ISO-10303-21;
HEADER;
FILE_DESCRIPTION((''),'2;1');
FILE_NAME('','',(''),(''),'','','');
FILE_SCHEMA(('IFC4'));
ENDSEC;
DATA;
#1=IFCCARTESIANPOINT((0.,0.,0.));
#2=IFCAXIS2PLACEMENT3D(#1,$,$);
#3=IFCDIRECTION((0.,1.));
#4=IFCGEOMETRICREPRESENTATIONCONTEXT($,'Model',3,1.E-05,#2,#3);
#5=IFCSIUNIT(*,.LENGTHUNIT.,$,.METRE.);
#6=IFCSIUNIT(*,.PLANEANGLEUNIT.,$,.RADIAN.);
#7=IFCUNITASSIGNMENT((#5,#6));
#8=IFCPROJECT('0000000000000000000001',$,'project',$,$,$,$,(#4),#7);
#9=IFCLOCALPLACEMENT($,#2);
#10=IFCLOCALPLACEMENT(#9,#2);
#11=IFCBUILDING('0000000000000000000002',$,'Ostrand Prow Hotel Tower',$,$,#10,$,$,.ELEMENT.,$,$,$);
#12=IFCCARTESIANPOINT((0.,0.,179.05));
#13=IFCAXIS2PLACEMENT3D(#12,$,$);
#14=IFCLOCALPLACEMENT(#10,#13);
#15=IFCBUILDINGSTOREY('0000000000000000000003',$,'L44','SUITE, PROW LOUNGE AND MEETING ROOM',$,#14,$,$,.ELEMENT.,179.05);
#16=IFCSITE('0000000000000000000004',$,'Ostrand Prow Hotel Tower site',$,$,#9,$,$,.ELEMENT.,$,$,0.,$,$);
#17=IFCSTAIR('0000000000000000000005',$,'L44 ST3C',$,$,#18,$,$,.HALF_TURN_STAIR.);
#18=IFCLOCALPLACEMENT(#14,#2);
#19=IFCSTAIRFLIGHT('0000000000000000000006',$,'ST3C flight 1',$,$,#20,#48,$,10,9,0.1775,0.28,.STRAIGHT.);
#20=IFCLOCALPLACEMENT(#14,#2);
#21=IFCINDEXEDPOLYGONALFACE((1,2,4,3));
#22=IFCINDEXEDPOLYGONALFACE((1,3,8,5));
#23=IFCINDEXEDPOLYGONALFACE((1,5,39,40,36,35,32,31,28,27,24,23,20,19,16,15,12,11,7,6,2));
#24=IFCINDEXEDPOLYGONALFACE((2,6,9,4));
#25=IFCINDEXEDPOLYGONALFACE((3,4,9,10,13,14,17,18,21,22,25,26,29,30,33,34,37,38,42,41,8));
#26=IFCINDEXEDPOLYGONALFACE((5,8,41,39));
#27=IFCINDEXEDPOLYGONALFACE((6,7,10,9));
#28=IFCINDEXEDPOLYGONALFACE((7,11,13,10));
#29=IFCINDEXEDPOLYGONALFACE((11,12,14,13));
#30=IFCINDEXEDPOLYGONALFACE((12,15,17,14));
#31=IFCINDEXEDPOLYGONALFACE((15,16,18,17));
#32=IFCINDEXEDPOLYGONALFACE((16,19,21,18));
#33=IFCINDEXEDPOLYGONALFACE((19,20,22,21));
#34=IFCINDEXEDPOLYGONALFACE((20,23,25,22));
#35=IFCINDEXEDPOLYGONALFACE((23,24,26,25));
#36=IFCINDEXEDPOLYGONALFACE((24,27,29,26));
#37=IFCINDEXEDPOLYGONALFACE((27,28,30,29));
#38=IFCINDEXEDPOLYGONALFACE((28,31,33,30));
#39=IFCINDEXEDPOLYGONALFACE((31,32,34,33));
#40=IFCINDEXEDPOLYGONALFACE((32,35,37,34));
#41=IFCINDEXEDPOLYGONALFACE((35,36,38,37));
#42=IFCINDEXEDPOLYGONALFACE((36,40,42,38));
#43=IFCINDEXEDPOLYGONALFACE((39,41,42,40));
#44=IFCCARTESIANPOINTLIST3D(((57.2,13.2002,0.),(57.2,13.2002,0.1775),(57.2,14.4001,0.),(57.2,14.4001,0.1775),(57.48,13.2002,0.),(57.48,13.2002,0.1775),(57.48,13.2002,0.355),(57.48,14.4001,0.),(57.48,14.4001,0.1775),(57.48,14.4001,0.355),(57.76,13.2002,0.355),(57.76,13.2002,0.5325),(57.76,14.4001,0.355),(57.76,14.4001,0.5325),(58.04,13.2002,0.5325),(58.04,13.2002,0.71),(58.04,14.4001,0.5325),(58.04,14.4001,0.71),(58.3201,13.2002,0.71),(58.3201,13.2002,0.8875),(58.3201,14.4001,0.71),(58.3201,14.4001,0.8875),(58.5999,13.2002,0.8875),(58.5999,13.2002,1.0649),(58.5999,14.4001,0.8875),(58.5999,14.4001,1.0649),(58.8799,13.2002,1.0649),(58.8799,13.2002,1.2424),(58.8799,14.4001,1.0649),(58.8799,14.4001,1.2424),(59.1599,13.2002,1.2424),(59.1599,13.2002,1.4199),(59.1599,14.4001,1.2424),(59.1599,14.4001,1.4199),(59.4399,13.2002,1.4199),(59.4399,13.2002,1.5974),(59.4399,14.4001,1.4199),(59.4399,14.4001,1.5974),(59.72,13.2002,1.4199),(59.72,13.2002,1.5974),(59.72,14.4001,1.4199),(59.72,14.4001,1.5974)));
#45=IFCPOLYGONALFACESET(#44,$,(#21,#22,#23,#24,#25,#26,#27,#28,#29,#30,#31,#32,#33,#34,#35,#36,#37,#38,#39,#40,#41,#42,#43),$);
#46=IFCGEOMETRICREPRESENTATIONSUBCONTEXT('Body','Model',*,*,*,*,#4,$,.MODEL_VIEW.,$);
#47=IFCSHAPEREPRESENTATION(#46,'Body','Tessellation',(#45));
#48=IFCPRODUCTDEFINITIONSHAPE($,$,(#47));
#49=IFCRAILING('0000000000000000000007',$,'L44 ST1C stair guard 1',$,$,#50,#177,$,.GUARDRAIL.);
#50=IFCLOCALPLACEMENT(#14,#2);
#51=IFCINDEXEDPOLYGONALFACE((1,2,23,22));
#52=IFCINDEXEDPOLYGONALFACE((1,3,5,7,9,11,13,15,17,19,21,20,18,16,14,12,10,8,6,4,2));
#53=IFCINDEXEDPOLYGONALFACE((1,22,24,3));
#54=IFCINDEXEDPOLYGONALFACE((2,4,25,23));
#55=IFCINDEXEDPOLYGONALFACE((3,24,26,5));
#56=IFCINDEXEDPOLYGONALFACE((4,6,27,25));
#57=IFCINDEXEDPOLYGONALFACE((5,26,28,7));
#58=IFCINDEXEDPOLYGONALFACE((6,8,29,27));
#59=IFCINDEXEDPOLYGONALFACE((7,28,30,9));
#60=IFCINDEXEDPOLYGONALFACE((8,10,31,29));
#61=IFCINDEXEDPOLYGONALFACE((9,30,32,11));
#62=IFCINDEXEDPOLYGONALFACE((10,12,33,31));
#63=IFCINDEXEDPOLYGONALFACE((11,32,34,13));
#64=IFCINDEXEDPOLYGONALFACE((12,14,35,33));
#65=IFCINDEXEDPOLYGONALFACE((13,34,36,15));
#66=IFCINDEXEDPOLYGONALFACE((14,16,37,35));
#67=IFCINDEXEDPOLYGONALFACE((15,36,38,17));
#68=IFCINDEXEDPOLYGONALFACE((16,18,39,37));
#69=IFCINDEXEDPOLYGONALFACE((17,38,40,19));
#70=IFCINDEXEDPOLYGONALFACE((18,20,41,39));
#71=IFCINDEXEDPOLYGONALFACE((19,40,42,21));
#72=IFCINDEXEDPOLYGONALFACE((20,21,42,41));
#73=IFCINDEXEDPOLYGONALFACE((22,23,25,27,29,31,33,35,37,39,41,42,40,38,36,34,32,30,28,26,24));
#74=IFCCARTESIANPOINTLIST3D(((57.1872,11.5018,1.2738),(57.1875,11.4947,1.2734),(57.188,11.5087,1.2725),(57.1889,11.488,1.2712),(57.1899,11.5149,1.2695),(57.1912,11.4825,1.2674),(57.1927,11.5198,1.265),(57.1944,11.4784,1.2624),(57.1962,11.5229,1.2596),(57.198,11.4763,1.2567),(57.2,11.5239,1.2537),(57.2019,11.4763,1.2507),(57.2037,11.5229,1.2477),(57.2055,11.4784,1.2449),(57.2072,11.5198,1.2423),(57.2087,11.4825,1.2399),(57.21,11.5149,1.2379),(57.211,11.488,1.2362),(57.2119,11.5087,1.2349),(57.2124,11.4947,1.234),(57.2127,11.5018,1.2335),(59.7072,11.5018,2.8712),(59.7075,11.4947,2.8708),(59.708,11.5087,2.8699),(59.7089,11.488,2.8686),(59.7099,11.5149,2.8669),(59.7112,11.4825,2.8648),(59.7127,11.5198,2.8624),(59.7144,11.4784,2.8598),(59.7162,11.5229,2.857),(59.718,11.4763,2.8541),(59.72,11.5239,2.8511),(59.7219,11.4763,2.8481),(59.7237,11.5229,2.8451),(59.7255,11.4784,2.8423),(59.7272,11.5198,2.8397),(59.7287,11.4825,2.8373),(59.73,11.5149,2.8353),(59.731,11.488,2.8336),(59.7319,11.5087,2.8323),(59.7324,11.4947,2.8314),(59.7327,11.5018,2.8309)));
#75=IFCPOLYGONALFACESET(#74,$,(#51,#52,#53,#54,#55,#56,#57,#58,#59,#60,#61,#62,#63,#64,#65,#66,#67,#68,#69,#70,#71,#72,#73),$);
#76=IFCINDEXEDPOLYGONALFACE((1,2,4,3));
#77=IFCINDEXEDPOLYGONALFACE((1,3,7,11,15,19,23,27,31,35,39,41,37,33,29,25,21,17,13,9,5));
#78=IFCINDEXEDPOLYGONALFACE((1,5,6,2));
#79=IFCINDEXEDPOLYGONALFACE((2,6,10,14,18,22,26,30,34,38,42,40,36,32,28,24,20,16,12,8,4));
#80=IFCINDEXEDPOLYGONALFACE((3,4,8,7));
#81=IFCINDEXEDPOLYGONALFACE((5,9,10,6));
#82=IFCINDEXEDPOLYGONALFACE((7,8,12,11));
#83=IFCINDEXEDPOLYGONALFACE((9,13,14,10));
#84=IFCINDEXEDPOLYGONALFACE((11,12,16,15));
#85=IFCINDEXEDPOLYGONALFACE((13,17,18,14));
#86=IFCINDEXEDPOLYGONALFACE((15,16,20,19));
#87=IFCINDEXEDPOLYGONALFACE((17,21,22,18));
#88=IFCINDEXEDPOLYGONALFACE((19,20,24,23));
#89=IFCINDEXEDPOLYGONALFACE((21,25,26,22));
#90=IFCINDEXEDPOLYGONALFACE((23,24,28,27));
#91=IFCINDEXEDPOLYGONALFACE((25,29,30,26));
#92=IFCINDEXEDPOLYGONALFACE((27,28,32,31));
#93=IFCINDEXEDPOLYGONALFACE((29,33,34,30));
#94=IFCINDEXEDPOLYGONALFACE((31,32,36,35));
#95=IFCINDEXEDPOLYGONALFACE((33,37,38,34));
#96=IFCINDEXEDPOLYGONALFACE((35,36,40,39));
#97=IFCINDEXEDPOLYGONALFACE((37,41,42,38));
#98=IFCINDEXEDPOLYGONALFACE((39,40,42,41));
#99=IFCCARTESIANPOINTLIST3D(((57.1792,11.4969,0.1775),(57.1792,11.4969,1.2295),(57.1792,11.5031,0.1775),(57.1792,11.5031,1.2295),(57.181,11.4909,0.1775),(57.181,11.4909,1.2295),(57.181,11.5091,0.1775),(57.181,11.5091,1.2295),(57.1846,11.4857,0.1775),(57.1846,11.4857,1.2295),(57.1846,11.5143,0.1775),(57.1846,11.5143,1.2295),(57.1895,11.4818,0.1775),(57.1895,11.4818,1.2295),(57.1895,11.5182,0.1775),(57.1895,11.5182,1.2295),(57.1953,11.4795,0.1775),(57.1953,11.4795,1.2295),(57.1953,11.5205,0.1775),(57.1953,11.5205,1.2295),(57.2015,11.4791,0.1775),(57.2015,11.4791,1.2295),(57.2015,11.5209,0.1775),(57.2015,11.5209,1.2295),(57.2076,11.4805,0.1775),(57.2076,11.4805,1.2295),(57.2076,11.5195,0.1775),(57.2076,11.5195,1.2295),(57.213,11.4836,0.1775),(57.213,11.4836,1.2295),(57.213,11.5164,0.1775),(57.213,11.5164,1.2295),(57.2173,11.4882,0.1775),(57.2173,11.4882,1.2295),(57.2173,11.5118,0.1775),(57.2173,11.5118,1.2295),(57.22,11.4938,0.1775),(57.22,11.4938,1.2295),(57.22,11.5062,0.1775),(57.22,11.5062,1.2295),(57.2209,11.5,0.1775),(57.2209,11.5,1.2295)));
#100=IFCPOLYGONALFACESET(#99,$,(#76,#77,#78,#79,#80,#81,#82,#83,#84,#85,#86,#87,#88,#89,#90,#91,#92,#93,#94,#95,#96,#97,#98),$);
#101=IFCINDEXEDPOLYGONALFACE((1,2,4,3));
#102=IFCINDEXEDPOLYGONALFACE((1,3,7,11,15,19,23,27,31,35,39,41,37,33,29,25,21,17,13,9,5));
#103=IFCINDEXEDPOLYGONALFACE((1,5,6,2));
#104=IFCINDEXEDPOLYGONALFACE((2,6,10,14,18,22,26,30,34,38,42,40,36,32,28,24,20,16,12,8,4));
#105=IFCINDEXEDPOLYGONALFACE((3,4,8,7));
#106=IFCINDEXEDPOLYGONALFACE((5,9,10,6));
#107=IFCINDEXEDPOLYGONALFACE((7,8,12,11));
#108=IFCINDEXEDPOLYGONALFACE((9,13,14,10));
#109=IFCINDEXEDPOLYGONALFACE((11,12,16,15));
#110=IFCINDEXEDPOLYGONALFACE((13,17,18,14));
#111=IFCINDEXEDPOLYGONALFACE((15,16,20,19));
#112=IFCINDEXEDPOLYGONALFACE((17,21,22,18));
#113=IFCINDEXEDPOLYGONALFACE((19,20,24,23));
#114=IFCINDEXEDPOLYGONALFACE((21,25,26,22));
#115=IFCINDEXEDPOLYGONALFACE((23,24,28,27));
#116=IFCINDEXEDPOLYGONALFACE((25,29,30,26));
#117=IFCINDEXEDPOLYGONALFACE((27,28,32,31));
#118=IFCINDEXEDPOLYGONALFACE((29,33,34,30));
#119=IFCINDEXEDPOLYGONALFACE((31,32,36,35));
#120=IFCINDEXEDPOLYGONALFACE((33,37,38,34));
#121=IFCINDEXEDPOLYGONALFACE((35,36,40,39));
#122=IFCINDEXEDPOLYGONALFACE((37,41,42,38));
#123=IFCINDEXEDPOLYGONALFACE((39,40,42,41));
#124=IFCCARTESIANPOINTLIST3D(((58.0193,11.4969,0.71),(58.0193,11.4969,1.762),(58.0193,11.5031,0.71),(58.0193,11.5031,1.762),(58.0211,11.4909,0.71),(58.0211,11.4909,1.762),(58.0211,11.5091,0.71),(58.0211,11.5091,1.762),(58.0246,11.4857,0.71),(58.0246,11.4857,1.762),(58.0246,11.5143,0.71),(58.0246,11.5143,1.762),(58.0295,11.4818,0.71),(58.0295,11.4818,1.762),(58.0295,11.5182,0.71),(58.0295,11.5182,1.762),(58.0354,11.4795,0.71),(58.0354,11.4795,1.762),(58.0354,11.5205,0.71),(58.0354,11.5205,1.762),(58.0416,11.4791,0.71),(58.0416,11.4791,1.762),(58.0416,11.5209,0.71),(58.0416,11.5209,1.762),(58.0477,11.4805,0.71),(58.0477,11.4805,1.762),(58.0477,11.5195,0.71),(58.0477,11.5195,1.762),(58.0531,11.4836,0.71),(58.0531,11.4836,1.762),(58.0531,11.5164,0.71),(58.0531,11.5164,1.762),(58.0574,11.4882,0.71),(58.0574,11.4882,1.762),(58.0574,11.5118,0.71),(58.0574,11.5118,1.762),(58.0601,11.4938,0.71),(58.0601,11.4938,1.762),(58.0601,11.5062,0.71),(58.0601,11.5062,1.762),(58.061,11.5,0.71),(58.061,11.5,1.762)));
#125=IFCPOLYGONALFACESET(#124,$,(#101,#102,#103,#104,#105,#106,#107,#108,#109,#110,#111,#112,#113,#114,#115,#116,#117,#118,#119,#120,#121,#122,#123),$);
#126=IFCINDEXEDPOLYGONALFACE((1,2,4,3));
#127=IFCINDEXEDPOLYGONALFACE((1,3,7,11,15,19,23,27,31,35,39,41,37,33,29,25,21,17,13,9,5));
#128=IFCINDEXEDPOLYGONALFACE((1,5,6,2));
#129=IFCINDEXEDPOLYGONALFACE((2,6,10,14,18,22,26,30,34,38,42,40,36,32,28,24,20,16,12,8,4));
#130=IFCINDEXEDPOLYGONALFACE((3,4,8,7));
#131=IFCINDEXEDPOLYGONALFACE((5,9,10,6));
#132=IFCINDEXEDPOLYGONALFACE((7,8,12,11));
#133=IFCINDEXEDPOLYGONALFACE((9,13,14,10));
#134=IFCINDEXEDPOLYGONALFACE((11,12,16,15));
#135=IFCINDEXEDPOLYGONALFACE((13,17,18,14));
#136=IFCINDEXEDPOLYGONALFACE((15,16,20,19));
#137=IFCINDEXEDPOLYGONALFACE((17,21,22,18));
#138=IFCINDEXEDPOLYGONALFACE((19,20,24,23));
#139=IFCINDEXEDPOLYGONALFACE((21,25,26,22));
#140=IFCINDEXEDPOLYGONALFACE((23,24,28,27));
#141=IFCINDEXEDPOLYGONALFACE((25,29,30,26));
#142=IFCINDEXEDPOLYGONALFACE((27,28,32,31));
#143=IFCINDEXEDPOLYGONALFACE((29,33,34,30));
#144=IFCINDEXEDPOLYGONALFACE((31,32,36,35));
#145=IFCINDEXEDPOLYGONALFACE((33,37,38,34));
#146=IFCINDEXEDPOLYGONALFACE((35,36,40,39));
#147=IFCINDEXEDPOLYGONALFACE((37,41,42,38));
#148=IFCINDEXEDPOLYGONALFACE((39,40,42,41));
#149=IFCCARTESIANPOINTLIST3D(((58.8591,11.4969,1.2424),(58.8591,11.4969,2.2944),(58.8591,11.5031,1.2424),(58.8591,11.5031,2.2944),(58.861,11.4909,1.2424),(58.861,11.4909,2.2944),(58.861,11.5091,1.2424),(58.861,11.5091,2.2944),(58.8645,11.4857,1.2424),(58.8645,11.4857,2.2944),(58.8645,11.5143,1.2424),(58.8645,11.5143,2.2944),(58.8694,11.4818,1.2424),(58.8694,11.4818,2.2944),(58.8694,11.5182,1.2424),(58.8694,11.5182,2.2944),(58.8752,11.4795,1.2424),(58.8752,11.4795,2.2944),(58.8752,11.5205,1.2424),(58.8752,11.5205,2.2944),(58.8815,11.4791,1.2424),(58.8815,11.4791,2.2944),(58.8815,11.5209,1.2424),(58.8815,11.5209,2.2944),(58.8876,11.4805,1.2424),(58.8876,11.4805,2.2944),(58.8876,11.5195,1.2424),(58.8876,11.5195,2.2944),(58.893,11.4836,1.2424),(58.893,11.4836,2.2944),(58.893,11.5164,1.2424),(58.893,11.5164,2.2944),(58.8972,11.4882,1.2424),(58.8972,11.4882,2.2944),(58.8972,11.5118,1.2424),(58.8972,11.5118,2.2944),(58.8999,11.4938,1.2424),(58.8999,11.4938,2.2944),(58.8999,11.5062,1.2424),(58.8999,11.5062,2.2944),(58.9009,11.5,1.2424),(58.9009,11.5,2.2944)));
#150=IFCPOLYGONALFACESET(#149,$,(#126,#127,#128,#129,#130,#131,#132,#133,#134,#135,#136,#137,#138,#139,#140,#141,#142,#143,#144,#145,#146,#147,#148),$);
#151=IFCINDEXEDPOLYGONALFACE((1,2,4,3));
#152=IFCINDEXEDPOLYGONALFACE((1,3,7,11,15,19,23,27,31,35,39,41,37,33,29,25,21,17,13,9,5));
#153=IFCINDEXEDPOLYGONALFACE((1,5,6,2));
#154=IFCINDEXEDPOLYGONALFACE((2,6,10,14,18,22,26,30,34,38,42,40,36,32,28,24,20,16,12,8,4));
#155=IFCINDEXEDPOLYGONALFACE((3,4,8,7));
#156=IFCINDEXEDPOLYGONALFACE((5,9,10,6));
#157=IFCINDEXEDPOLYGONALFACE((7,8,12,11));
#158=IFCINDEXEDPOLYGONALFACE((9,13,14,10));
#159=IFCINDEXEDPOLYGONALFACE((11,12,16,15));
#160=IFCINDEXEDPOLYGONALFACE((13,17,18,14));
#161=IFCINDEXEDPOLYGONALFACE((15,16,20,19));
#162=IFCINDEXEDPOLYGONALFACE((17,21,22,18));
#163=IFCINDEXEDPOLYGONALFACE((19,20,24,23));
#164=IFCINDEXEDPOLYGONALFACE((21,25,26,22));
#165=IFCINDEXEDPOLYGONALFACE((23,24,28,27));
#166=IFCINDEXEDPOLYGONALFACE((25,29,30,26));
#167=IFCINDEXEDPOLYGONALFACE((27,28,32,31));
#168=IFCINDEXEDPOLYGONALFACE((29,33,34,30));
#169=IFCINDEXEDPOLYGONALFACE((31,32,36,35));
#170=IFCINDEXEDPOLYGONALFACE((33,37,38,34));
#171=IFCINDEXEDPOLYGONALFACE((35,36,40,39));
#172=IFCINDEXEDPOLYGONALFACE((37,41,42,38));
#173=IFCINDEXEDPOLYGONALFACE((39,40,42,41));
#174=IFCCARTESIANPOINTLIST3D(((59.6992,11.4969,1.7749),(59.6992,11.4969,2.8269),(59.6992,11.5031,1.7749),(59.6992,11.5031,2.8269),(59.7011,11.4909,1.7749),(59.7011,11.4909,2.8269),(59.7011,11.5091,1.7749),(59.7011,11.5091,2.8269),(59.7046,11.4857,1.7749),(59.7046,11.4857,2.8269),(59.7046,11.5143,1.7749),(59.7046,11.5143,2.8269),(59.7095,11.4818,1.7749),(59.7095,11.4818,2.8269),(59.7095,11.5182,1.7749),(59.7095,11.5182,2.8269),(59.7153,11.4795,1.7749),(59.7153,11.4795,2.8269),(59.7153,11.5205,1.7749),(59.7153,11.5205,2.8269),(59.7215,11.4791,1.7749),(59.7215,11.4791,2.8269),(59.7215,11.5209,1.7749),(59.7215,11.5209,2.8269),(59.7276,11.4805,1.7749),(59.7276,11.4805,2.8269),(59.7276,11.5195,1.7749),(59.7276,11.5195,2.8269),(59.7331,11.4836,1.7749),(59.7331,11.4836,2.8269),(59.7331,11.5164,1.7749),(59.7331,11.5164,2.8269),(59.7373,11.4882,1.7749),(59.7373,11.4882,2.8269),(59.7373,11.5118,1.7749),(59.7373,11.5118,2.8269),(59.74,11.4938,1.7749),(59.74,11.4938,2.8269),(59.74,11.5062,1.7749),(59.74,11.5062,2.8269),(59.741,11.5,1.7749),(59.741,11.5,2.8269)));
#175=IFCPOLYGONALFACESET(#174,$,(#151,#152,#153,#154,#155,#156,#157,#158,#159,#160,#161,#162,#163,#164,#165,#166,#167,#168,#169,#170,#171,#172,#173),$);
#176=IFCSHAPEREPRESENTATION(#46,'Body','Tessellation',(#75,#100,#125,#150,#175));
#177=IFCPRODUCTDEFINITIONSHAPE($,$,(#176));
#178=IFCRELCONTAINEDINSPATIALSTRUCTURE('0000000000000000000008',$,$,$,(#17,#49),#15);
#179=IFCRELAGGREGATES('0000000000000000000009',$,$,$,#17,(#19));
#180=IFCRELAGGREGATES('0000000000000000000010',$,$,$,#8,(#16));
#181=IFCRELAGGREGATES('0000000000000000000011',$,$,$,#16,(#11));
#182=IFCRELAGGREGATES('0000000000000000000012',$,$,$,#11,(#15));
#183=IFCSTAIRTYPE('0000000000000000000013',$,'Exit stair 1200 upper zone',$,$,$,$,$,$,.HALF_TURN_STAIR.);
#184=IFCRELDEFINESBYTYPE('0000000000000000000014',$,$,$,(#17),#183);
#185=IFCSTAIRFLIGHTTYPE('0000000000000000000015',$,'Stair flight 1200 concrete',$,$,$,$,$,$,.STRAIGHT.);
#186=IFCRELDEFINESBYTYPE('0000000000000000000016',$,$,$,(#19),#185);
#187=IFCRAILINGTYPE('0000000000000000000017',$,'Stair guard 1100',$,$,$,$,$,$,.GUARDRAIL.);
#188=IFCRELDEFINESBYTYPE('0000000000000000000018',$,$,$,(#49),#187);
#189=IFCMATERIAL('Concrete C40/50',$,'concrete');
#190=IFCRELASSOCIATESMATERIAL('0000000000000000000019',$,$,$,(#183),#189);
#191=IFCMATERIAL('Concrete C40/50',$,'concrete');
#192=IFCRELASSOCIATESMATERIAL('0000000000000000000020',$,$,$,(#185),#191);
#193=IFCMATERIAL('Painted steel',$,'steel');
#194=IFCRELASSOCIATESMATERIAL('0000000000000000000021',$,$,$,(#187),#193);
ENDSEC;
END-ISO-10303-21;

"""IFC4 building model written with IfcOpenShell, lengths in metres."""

from ifc_helpers import new_model, si_unit, direction, frame, origin, origin_2d, place, context, subcontext, project, spatial, polyline, circle, outline, extrude, material, type_object, element, aggregate, save


model = new_model("IFC4")

# Units and contexts
model_context = context("Model", 3, precision=1e-05, world=origin(), true_north=direction((0.0, 1.0)))
body_context = subcontext(model_context, "Body", "Model", "MODEL_VIEW")
ifc_project = project(units=[si_unit("LENGTHUNIT", "METRE"), si_unit("PLANEANGLEUNIT", "RADIAN")], contexts=[model_context])

# Site, building, storey
site_placement = place(None, origin())
site = spatial("IfcSite", under=ifc_project, at=site_placement, Name="Ostrand Prow Hotel Tower site", CompositionType="ELEMENT", RefElevation=0.0)
building_placement = place(site_placement, origin())
building = spatial("IfcBuilding", under=site, at=building_placement, Name="Ostrand Prow Hotel Tower", CompositionType="ELEMENT")
storey_placement = place(building_placement, frame((0.0, 0.0, 179.05)))
storey = spatial("IfcBuildingStorey", under=building, at=storey_placement, Name="L44", Description="SUITE, PROW LOUNGE AND MEETING ROOM", CompositionType="ELEMENT", Elevation=179.05)

# Shared definitions
ifc_material_1 = material(Name="Concrete C40/50", Category="concrete")
stair_type = type_object("IfcStairType", Name="Exit stair 1200 upper zone", PredefinedType="HALF_TURN_STAIR", material=ifc_material_1)
ifc_material_2 = material(Name="Concrete C40/50", Category="concrete")
stair_flight_type = type_object("IfcStairFlightType", Name="Stair flight 1200 concrete", PredefinedType="STRAIGHT", material=ifc_material_2)

# Stair, stair flight
stair_1_placement = place(storey_placement, origin())
stair_1 = element("IfcStair", 1, at=stair_1_placement, inside=storey, type_object=stair_type, Name="L44 ST3C", PredefinedType="HALF_TURN_STAIR")
stair_flight_1_placement = place(storey_placement, frame((57.2, 13.8, 0.0), z_axis=(0.0, 0.0, 1.0), x_axis=(1.0, 0.0, 0.0)))
stair_flight_1 = element("IfcStairFlight", 2, at=stair_flight_1_placement, type_object=stair_flight_type, Name="ST3C flight 1", NumberOfRisers=10, NumberOfTreads=9, PredefinedType="STRAIGHT", RiserHeight=0.1775, TreadLength=0.28, context=body_context, shape_type="SweptSolid", body=[
    extrude(outline(polyline([(0.0, 0.0), (0.0, 0.1775), (0.28, 0.1775), (0.28, 0.355), (0.5601, 0.355), (0.5601, 0.5325), (0.8401, 0.5325), (0.8401, 0.71), (1.1201, 0.71), (1.1201, 0.8875), (1.3999, 0.8875), (1.3999, 1.0649), (1.6799, 1.0649), (1.6799, 1.2424), (1.96, 1.2424), (1.96, 1.4199), (2.24, 1.4199), (2.24, 1.5974), (2.52, 1.5974), (2.52, 1.7749), (2.52, 1.4199), (0.28, 0.0), (0.0, 0.0)])), frame((0.0, 0.6001, 0.0), z_axis=(0.0, -1.0, 0.0), x_axis=(1.0, 0.0, 0.0)), (0.0, 0.0, 1.0), 1.2),
])
aggregate(stair_1, [stair_flight_1])

# Railing
ifc_material_3 = material(Name="Painted steel", Category="steel")
railing_type_1 = type_object("IfcRailingType", Name="Stair guard 1100", PredefinedType="GUARDRAIL", material=ifc_material_3)
railing_1_placement = place(storey_placement, frame((57.2, 11.5, 0.1775)))
element("IfcRailing", 3, at=railing_1_placement, inside=storey, type_object=railing_type_1, Name="L44 ST1C stair guard 1", PredefinedType="GUARDRAIL", context=body_context, shape_type="SweptSolid", body=[
    extrude(circle(Radius=0.0239, at=origin_2d()), frame((0.0, 0.0, 1.0762), z_axis=(0.844607, 0.0, 0.535387), x_axis=(0.0, 1.0, 0.0)), (0.0, 0.0, 1.0), 2.9836),
    extrude(circle(Radius=0.021, at=origin_2d()), origin(), (0.0, 0.0, 1.0), 1.052),
    extrude(circle(Radius=0.021, at=origin_2d()), frame((0.8401, 0.0, 0.5325)), (0.0, 0.0, 1.0), 1.052),
    extrude(circle(Radius=0.021, at=origin_2d()), frame((1.6799, 0.0, 1.0649)), (0.0, 0.0, 1.0), 1.052),
    extrude(circle(Radius=0.021, at=origin_2d()), frame((2.52, 0.0, 1.5974)), (0.0, 0.0, 1.0), 1.052),
])

save(model, "model.ifc")
